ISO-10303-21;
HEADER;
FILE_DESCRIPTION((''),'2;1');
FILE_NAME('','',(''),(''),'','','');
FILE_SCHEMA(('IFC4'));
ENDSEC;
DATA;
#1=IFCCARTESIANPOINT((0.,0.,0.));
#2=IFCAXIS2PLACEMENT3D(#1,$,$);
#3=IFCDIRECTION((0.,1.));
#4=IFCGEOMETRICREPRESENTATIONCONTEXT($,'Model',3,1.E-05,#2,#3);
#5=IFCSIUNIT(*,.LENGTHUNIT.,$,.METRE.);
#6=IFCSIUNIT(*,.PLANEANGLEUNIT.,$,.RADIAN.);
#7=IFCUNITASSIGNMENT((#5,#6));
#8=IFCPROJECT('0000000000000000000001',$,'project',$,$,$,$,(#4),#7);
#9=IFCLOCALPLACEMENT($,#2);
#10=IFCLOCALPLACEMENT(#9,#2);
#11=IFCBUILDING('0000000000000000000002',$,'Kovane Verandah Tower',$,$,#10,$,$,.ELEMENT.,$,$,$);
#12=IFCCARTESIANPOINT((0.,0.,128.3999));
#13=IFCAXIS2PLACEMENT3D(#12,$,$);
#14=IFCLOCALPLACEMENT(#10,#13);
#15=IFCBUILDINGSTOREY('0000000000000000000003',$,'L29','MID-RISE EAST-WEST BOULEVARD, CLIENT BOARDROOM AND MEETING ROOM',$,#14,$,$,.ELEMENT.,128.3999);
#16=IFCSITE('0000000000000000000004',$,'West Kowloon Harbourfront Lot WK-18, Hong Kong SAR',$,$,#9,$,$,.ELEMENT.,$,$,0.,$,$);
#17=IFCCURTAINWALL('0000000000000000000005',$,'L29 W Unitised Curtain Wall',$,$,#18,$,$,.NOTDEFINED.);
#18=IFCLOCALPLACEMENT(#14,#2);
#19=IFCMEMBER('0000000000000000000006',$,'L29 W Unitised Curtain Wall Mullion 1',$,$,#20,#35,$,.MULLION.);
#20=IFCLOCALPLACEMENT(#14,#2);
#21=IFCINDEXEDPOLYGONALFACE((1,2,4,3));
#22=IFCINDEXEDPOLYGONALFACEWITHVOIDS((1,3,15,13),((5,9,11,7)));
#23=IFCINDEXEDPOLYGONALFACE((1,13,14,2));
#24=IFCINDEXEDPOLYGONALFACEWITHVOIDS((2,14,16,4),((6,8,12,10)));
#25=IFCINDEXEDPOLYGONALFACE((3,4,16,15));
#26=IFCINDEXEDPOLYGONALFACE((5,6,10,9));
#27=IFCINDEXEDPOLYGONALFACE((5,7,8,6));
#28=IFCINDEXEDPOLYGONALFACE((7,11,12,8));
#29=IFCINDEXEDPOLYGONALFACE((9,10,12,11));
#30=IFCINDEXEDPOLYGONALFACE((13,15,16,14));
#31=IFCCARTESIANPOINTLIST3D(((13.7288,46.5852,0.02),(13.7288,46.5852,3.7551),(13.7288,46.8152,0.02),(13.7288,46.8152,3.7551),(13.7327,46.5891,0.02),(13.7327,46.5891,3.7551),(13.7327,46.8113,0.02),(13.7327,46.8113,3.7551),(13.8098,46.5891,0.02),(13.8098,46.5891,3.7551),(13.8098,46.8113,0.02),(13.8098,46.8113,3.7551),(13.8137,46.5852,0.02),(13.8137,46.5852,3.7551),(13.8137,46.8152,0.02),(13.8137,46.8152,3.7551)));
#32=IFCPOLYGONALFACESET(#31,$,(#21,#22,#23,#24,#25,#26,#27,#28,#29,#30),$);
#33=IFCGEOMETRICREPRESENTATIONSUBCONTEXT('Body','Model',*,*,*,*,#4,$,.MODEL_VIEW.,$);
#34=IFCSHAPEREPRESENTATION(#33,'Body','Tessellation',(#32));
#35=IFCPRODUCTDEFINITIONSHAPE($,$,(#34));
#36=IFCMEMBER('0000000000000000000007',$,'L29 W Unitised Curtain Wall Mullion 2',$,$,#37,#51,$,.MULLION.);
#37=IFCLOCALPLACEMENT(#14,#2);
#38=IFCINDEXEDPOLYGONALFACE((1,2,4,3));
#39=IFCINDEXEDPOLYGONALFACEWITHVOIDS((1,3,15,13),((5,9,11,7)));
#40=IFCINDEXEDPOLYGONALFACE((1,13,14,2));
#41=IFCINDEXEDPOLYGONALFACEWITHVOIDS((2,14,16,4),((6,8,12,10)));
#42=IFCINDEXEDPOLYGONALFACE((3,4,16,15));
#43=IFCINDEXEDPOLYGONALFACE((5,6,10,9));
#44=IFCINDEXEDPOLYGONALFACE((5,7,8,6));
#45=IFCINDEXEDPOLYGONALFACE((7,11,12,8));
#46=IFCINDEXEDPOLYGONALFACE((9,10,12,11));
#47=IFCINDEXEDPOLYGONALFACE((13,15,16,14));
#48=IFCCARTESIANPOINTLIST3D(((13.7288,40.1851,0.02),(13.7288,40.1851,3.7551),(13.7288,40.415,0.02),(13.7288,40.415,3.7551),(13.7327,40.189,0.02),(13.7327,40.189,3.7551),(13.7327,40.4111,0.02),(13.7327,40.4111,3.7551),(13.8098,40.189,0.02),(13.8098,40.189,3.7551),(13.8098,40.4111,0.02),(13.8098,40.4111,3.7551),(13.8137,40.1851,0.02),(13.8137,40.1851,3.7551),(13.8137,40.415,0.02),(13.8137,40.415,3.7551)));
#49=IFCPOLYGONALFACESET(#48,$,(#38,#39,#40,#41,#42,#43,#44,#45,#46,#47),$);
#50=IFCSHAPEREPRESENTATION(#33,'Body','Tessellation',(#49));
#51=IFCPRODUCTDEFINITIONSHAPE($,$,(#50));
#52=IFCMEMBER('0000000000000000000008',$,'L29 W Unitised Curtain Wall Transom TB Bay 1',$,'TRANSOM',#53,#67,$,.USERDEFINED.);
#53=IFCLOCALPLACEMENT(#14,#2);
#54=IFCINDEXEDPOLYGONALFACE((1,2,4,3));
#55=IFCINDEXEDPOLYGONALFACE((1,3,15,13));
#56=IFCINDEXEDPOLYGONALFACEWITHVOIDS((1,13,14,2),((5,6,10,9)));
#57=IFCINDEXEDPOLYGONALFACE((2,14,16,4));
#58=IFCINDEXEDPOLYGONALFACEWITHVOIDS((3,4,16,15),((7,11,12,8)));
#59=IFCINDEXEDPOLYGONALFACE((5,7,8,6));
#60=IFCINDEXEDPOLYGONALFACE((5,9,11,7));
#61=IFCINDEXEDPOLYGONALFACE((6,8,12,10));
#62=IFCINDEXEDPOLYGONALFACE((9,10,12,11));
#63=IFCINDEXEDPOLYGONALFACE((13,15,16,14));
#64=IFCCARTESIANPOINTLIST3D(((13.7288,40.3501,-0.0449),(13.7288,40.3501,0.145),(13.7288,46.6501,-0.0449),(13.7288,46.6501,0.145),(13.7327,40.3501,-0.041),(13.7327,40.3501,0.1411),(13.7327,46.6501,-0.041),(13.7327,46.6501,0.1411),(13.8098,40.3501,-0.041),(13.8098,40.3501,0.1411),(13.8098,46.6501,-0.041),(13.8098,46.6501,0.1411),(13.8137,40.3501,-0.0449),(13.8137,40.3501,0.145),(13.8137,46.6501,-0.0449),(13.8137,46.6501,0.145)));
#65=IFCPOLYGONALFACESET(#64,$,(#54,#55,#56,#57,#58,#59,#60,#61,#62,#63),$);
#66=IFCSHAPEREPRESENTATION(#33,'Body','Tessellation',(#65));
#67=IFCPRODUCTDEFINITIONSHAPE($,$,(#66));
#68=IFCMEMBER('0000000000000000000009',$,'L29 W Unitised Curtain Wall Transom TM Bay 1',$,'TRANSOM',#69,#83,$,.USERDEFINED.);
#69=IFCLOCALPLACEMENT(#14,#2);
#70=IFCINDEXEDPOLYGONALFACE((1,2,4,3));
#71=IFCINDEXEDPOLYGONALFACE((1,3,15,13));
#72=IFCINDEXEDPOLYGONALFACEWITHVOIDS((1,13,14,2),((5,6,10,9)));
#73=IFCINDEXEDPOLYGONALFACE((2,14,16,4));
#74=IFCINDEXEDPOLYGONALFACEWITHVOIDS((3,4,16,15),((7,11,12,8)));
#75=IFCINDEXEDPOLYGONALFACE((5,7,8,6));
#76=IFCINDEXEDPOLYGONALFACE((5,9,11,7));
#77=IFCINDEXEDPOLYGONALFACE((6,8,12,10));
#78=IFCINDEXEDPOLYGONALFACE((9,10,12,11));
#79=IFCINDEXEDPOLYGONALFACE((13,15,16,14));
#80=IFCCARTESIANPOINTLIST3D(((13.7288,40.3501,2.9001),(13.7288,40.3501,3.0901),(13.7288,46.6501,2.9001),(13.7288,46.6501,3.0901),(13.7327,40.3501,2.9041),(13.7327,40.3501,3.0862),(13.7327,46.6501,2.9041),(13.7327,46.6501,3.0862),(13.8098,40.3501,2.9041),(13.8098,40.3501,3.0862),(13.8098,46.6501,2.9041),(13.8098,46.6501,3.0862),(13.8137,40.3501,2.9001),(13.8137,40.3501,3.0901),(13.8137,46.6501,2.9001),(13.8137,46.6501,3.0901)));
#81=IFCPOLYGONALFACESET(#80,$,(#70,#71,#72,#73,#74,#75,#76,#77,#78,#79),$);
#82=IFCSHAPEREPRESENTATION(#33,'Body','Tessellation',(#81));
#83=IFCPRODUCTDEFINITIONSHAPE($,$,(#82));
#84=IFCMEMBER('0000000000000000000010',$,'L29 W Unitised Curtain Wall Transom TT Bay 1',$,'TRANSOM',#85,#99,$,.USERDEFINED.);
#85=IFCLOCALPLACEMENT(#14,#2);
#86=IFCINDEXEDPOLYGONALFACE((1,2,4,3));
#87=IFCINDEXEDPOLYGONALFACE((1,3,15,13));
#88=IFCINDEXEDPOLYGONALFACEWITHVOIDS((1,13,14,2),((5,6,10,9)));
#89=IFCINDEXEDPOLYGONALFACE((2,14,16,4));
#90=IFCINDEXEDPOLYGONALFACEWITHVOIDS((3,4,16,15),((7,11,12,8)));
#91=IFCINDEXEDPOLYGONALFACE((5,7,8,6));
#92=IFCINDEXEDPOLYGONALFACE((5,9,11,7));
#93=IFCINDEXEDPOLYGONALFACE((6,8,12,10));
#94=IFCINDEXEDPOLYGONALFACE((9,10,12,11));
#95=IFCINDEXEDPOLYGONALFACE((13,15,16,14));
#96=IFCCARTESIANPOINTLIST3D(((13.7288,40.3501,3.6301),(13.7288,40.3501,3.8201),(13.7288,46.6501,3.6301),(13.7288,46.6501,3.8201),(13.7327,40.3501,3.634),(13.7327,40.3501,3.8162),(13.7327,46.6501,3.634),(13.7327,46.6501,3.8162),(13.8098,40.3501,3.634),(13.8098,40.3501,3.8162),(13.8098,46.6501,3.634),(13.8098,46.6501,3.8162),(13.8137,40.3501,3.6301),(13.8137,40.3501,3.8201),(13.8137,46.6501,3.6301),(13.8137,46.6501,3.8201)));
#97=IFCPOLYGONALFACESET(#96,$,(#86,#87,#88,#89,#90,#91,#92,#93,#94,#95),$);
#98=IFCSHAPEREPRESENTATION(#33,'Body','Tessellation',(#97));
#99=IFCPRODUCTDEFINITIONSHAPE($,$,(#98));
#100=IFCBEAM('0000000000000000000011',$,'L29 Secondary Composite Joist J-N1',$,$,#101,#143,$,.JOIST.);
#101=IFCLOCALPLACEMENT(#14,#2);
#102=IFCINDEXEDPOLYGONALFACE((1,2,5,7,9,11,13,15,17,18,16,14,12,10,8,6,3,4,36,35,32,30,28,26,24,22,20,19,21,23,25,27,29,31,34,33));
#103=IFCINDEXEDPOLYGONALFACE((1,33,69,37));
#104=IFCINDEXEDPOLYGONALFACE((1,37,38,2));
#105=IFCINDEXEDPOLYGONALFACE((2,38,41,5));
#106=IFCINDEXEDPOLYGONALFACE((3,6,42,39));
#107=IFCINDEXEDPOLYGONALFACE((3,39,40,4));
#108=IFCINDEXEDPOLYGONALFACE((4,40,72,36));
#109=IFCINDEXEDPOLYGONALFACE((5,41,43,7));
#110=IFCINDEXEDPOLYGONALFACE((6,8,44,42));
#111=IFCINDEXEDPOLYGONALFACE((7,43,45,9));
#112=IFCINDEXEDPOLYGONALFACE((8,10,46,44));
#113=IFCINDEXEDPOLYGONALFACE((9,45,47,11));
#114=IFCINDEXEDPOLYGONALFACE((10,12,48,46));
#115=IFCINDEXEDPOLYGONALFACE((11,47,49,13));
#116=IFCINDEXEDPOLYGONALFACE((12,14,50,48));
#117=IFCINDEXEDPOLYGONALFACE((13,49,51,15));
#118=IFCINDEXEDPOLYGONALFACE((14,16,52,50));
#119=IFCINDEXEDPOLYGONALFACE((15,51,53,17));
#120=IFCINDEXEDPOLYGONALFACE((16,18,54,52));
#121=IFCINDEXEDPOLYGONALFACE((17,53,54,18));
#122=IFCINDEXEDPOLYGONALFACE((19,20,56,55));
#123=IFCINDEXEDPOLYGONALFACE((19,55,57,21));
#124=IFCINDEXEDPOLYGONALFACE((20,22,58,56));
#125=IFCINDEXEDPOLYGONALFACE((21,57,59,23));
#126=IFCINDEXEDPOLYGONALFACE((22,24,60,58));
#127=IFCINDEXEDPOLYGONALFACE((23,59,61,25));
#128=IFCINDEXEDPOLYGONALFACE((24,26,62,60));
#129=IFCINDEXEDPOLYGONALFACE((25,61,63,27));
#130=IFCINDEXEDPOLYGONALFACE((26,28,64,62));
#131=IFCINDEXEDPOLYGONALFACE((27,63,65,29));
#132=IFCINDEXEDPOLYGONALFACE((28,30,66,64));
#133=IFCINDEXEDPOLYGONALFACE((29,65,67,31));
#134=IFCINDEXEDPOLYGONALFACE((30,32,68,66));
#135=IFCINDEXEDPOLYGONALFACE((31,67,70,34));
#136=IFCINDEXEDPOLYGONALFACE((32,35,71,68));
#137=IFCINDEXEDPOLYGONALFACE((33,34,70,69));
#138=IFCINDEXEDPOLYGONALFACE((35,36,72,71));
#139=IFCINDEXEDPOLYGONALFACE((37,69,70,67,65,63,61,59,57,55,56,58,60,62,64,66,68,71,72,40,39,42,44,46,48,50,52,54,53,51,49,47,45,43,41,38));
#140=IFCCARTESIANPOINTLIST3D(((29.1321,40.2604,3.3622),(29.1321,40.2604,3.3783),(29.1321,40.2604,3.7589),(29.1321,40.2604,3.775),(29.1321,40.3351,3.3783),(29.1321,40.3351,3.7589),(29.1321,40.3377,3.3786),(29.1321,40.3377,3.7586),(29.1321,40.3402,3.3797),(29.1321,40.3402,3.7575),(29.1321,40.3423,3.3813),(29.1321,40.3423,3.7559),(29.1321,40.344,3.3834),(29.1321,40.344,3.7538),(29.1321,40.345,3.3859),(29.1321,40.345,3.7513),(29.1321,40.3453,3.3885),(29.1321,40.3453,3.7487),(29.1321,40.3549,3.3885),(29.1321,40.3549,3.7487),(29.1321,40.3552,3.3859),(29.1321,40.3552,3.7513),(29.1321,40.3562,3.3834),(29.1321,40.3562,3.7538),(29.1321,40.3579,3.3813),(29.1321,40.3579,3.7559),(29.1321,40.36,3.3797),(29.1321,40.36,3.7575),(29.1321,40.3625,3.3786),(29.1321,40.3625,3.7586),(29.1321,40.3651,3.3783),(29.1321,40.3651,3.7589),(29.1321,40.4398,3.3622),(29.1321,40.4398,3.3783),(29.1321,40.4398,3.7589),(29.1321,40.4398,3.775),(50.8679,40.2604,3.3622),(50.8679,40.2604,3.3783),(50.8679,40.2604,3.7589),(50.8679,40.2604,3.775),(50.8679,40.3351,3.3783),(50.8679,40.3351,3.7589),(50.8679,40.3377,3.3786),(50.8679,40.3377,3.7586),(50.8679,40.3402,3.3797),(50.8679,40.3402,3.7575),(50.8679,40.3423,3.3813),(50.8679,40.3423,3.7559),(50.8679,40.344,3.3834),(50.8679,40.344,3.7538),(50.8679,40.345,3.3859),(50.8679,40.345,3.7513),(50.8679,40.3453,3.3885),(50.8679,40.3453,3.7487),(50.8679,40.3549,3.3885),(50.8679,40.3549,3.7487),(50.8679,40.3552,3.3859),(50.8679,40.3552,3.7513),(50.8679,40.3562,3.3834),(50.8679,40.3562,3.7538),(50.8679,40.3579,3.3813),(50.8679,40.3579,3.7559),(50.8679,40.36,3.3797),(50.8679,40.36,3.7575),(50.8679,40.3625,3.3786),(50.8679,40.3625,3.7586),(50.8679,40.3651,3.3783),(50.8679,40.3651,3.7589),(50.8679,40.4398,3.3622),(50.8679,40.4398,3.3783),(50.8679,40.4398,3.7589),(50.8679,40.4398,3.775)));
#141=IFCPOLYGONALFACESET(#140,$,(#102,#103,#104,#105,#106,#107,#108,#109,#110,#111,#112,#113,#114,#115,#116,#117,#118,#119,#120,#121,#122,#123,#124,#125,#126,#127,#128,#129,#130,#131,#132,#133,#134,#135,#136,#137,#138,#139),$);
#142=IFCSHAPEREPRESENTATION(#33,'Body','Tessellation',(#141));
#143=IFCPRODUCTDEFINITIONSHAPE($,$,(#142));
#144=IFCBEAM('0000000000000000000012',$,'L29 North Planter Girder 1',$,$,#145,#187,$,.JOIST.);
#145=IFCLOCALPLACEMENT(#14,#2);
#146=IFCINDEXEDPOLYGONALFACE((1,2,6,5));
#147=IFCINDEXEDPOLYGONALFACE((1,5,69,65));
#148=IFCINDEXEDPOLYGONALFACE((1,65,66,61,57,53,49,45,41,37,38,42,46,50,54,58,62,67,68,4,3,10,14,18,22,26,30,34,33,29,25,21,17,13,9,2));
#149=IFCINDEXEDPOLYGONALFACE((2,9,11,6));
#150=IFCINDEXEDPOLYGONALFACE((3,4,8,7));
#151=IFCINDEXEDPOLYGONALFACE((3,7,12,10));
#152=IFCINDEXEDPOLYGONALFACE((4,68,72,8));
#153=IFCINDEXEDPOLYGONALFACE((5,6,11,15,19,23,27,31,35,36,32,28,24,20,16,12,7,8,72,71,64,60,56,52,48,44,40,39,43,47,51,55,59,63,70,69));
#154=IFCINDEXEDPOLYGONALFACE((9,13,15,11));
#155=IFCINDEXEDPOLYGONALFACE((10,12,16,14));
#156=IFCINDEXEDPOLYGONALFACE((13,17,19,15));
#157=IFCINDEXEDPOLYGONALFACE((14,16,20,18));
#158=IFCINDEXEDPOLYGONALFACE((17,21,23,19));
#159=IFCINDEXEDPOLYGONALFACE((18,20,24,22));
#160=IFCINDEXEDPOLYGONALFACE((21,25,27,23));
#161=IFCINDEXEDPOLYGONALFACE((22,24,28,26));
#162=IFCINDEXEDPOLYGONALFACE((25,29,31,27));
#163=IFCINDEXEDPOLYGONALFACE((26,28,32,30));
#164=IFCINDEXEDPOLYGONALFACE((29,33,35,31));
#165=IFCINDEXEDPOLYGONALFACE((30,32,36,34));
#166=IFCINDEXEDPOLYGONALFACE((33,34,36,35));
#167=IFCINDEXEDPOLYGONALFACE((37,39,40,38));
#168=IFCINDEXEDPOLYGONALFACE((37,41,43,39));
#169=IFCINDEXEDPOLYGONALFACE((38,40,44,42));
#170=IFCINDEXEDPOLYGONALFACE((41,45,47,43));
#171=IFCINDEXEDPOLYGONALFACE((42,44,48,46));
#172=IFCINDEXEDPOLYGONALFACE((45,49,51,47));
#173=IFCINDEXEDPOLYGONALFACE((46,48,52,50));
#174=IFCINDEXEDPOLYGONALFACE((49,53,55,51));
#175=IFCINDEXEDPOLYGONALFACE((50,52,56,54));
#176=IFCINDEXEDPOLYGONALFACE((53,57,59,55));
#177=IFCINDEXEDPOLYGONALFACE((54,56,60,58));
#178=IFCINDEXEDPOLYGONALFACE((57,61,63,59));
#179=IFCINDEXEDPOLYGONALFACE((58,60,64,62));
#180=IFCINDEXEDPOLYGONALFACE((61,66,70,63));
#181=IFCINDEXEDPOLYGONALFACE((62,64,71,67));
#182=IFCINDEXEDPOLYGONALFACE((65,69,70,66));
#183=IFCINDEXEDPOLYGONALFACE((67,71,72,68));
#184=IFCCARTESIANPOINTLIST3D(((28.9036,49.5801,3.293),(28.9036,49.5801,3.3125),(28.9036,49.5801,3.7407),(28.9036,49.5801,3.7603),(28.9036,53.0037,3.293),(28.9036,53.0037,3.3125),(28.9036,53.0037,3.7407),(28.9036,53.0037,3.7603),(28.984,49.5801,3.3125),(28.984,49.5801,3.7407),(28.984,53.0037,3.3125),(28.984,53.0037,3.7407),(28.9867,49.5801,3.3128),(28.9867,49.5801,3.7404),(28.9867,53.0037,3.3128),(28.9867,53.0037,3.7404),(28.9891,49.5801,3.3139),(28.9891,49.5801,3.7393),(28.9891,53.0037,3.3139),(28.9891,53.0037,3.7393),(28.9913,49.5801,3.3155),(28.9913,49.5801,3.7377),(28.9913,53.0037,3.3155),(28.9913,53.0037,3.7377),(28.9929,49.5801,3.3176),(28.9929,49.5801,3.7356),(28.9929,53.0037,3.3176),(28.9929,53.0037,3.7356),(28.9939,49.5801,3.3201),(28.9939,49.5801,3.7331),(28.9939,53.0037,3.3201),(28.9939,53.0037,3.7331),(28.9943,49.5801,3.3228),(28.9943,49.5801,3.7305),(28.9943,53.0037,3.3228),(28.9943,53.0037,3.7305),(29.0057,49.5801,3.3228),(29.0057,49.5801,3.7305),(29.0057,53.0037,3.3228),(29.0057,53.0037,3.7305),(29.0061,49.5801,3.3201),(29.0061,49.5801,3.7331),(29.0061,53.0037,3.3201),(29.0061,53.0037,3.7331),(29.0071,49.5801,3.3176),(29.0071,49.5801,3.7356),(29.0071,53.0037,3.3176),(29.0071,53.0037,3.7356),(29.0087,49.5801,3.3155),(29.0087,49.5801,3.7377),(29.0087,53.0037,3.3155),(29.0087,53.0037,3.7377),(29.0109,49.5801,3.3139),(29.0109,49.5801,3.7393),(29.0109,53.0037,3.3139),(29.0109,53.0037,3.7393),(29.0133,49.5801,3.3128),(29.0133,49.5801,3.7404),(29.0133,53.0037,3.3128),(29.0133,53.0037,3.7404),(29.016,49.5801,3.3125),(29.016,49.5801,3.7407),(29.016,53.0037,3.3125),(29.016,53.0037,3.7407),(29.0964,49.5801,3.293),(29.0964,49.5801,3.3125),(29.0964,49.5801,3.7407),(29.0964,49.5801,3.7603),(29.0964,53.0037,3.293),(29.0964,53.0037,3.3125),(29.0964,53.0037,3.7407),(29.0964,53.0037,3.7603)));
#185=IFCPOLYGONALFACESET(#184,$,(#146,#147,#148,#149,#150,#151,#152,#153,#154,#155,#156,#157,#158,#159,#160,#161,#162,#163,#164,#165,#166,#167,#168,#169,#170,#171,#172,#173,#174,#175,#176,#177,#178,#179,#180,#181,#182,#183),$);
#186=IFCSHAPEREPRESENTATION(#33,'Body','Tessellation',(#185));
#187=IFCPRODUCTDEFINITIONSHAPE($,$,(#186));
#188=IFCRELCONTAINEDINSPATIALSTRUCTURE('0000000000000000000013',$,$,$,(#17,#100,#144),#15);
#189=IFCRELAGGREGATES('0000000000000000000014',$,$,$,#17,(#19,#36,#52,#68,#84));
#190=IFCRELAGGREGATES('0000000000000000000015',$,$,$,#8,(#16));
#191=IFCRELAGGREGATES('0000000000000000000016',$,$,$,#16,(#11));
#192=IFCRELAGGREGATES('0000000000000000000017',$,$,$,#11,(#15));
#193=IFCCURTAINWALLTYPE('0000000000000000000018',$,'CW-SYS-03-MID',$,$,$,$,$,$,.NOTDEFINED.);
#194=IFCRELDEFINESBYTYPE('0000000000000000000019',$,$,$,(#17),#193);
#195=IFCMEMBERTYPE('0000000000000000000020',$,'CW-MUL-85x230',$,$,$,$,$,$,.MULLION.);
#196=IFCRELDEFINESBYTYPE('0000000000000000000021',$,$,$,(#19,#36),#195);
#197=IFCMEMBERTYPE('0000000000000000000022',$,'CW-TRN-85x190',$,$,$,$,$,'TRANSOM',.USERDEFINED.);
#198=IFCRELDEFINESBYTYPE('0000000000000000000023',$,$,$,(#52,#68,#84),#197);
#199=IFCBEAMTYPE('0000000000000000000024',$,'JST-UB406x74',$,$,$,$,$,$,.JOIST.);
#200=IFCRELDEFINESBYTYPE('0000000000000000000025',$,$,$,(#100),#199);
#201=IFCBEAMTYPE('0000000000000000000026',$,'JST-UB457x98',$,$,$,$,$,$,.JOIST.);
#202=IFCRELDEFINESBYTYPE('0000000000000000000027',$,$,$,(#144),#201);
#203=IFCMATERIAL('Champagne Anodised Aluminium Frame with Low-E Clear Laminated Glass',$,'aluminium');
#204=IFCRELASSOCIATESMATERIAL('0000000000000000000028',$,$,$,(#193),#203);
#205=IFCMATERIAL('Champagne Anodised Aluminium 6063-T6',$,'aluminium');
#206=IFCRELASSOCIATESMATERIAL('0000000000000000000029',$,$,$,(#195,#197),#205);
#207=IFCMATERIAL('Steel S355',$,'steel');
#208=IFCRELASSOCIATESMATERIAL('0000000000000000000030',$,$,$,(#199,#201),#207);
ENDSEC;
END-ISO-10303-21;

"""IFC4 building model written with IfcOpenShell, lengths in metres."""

from ifc_helpers import new_model, si_unit, direction, frame, origin, origin_2d, place, context, subcontext, project, spatial, hollow_rectangle, i_section, extrude, material, material_profile, profile_set, type_object, element, aggregate, save


model = new_model("IFC4")

# Units and contexts
model_context = context("Model", 3, precision=1e-05, world=origin(), true_north=direction((0.0, 1.0)))
body_context = subcontext(model_context, "Body", "Model", "MODEL_VIEW")
ifc_project = project(units=[si_unit("LENGTHUNIT", "METRE"), si_unit("PLANEANGLEUNIT", "RADIAN")], contexts=[model_context])

# Site, building, storey
site_placement = place(None, origin())
site = spatial("IfcSite", under=ifc_project, at=site_placement, Name="West Kowloon Harbourfront Lot WK-18, Hong Kong SAR", CompositionType="ELEMENT", RefElevation=0.0)
building_placement = place(site_placement, origin())
building = spatial("IfcBuilding", under=site, at=building_placement, Name="Kovane Verandah Tower", CompositionType="ELEMENT")
storey_placement = place(building_placement, frame((0.0, 0.0, 128.3999)))
storey = spatial("IfcBuildingStorey", under=building, at=storey_placement, Name="L29", Description="MID-RISE EAST-WEST BOULEVARD, CLIENT BOARDROOM AND MEETING ROOM", CompositionType="ELEMENT", Elevation=128.3999)

# Shared definitions
ifc_material_1 = material(Name="Steel S355", Category="steel")

# Curtain wall, members
ifc_material_2 = material(Name="Champagne Anodised Aluminium Frame with Low-E Clear Laminated Glass", Category="aluminium")
curtain_wall_type = type_object("IfcCurtainWallType", Name="CW-SYS-03-MID", PredefinedType="NOTDEFINED", material=ifc_material_2)
curtain_wall_placement = place(storey_placement, origin())
curtain_wall = element("IfcCurtainWall", 1, at=curtain_wall_placement, inside=storey, type_object=curtain_wall_type, Name="L29 W Unitised Curtain Wall", PredefinedType="NOTDEFINED")
ifc_material_3 = material(Name="Champagne Anodised Aluminium 6063-T6", Category="aluminium")
ifc_material_profile_1 = material_profile(ifc_material_3, hollow_rectangle(XDim=0.085, YDim=0.23, WallThickness=0.0039, at=origin_2d()), Name="AL85x230x4")
ifc_profile_set_1 = profile_set([ifc_material_profile_1], Name="Champagne Anodised Aluminium 6063-T6")
member_type_1 = type_object("IfcMemberType", Name="CW-MUL-85x230", PredefinedType="MULLION", material=ifc_profile_set_1)
member_1_placement = place(storey_placement, frame((13.7712, 46.7002, 0.02), z_axis=(0.0, 0.0, 1.0), x_axis=(-1.0, 0.0, 0.0)))
member_1 = element("IfcMember", 2, at=member_1_placement, type_object=member_type_1, Name="L29 W Unitised Curtain Wall Mullion 1", PredefinedType="MULLION", context=body_context, shape_type="SweptSolid", body=[
    extrude(hollow_rectangle(XDim=0.085, YDim=0.23, WallThickness=0.0039, at=origin_2d()), origin(), (0.0, 0.0, 1.0), 3.7351),
])
member_2_placement = place(storey_placement, frame((13.7712, 40.3, 0.02), z_axis=(0.0, 0.0, 1.0), x_axis=(-1.0, 0.0, 0.0)))
member_2 = element("IfcMember", 3, at=member_2_placement, type_object=member_type_1, Name="L29 W Unitised Curtain Wall Mullion 2", PredefinedType="MULLION", context=body_context, shape_type="SweptSolid", body=[
    extrude(hollow_rectangle(XDim=0.085, YDim=0.23, WallThickness=0.0039, at=origin_2d()), origin(), (0.0, 0.0, 1.0), 3.7351),
])
ifc_material_profile_2 = material_profile(ifc_material_3, hollow_rectangle(XDim=0.085, YDim=0.1899, WallThickness=0.0039, at=origin_2d()), Name="AL85x190x4")
ifc_profile_set_2 = profile_set([ifc_material_profile_2], Name="Champagne Anodised Aluminium 6063-T6")
member_type_2 = type_object("IfcMemberType", Name="CW-TRN-85x190", ElementType="TRANSOM", PredefinedType="USERDEFINED", material=ifc_profile_set_2)
member_3_placement = place(storey_placement, frame((13.7712, 46.6501, 0.05), z_axis=(0.0, -1.0, 0.0), x_axis=(1.0, 0.0, 0.0)))
member_3 = element("IfcMember", 4, at=member_3_placement, type_object=member_type_2, Name="L29 W Unitised Curtain Wall Transom TB Bay 1", ObjectType="TRANSOM", PredefinedType="USERDEFINED", context=body_context, shape_type="SweptSolid", body=[
    extrude(hollow_rectangle(XDim=0.085, YDim=0.1899, WallThickness=0.0039, at=origin_2d()), origin(), (0.0, 0.0, 1.0), 6.3),
])
member_4_placement = place(storey_placement, frame((13.7712, 46.6501, 2.9951), z_axis=(0.0, -1.0, 0.0), x_axis=(1.0, 0.0, 0.0)))
member_4 = element("IfcMember", 5, at=member_4_placement, type_object=member_type_2, Name="L29 W Unitised Curtain Wall Transom TM Bay 1", ObjectType="TRANSOM", PredefinedType="USERDEFINED", context=body_context, shape_type="SweptSolid", body=[
    extrude(hollow_rectangle(XDim=0.085, YDim=0.1899, WallThickness=0.0039, at=origin_2d()), origin(), (0.0, 0.0, 1.0), 6.3),
])
member_5_placement = place(storey_placement, frame((13.7712, 46.6501, 3.7251), z_axis=(0.0, -1.0, 0.0), x_axis=(1.0, 0.0, 0.0)))
member_5 = element("IfcMember", 6, at=member_5_placement, type_object=member_type_2, Name="L29 W Unitised Curtain Wall Transom TT Bay 1", ObjectType="TRANSOM", PredefinedType="USERDEFINED", context=body_context, shape_type="SweptSolid", body=[
    extrude(hollow_rectangle(XDim=0.085, YDim=0.1899, WallThickness=0.0039, at=origin_2d()), origin(), (0.0, 0.0, 1.0), 6.3),
])

# Beams
ifc_material_profile_3 = material_profile(ifc_material_1, i_section(OverallWidth=0.1794, OverallDepth=0.4128, WebThickness=0.0095, FlangeThickness=0.0161, FilletRadius=0.0103, at=origin_2d()), Name="UB406x178x74")
ifc_profile_set_3 = profile_set([ifc_material_profile_3], Name="Steel S355")
beam_type_1 = type_object("IfcBeamType", Name="JST-UB406x74", PredefinedType="JOIST", material=ifc_profile_set_3)
beam_1_placement = place(storey_placement, frame((29.1321, 40.3501, 3.5686), z_axis=(1.0, 0.0, 0.0), x_axis=(0.0, 1.0, 0.0)))
element("IfcBeam", 7, at=beam_1_placement, inside=storey, type_object=beam_type_1, Name="L29 Secondary Composite Joist J-N1", PredefinedType="JOIST", context=body_context, shape_type="SweptSolid", body=[
    extrude(i_section(OverallWidth=0.1794, OverallDepth=0.4128, WebThickness=0.0095, FlangeThickness=0.0161, FilletRadius=0.0103, at=origin_2d()), origin(), (0.0, 0.0, 1.0), 21.7358),
])
ifc_material_profile_4 = material_profile(ifc_material_1, i_section(OverallWidth=0.1929, OverallDepth=0.4673, WebThickness=0.0115, FlangeThickness=0.0195, FilletRadius=0.0103, at=origin_2d()), Name="UB457x191x98")
ifc_profile_set_4 = profile_set([ifc_material_profile_4], Name="Steel S355")
beam_type_2 = type_object("IfcBeamType", Name="JST-UB457x98", PredefinedType="JOIST", material=ifc_profile_set_4)
beam_2_placement = place(storey_placement, frame((29.0, 49.5801, 3.5266), z_axis=(0.0, 1.0, 0.0), x_axis=(-1.0, 0.0, 0.0)))
element("IfcBeam", 8, at=beam_2_placement, inside=storey, type_object=beam_type_2, Name="L29 North Planter Girder 1", PredefinedType="JOIST", context=body_context, shape_type="SweptSolid", body=[
    extrude(i_section(OverallWidth=0.1929, OverallDepth=0.4673, WebThickness=0.0115, FlangeThickness=0.0195, FilletRadius=0.0103, at=origin_2d()), origin(), (0.0, 0.0, 1.0), 3.4236),
])

aggregate(curtain_wall, [member_1, member_2, member_3, member_4, member_5])

save(model, "model.ifc")
